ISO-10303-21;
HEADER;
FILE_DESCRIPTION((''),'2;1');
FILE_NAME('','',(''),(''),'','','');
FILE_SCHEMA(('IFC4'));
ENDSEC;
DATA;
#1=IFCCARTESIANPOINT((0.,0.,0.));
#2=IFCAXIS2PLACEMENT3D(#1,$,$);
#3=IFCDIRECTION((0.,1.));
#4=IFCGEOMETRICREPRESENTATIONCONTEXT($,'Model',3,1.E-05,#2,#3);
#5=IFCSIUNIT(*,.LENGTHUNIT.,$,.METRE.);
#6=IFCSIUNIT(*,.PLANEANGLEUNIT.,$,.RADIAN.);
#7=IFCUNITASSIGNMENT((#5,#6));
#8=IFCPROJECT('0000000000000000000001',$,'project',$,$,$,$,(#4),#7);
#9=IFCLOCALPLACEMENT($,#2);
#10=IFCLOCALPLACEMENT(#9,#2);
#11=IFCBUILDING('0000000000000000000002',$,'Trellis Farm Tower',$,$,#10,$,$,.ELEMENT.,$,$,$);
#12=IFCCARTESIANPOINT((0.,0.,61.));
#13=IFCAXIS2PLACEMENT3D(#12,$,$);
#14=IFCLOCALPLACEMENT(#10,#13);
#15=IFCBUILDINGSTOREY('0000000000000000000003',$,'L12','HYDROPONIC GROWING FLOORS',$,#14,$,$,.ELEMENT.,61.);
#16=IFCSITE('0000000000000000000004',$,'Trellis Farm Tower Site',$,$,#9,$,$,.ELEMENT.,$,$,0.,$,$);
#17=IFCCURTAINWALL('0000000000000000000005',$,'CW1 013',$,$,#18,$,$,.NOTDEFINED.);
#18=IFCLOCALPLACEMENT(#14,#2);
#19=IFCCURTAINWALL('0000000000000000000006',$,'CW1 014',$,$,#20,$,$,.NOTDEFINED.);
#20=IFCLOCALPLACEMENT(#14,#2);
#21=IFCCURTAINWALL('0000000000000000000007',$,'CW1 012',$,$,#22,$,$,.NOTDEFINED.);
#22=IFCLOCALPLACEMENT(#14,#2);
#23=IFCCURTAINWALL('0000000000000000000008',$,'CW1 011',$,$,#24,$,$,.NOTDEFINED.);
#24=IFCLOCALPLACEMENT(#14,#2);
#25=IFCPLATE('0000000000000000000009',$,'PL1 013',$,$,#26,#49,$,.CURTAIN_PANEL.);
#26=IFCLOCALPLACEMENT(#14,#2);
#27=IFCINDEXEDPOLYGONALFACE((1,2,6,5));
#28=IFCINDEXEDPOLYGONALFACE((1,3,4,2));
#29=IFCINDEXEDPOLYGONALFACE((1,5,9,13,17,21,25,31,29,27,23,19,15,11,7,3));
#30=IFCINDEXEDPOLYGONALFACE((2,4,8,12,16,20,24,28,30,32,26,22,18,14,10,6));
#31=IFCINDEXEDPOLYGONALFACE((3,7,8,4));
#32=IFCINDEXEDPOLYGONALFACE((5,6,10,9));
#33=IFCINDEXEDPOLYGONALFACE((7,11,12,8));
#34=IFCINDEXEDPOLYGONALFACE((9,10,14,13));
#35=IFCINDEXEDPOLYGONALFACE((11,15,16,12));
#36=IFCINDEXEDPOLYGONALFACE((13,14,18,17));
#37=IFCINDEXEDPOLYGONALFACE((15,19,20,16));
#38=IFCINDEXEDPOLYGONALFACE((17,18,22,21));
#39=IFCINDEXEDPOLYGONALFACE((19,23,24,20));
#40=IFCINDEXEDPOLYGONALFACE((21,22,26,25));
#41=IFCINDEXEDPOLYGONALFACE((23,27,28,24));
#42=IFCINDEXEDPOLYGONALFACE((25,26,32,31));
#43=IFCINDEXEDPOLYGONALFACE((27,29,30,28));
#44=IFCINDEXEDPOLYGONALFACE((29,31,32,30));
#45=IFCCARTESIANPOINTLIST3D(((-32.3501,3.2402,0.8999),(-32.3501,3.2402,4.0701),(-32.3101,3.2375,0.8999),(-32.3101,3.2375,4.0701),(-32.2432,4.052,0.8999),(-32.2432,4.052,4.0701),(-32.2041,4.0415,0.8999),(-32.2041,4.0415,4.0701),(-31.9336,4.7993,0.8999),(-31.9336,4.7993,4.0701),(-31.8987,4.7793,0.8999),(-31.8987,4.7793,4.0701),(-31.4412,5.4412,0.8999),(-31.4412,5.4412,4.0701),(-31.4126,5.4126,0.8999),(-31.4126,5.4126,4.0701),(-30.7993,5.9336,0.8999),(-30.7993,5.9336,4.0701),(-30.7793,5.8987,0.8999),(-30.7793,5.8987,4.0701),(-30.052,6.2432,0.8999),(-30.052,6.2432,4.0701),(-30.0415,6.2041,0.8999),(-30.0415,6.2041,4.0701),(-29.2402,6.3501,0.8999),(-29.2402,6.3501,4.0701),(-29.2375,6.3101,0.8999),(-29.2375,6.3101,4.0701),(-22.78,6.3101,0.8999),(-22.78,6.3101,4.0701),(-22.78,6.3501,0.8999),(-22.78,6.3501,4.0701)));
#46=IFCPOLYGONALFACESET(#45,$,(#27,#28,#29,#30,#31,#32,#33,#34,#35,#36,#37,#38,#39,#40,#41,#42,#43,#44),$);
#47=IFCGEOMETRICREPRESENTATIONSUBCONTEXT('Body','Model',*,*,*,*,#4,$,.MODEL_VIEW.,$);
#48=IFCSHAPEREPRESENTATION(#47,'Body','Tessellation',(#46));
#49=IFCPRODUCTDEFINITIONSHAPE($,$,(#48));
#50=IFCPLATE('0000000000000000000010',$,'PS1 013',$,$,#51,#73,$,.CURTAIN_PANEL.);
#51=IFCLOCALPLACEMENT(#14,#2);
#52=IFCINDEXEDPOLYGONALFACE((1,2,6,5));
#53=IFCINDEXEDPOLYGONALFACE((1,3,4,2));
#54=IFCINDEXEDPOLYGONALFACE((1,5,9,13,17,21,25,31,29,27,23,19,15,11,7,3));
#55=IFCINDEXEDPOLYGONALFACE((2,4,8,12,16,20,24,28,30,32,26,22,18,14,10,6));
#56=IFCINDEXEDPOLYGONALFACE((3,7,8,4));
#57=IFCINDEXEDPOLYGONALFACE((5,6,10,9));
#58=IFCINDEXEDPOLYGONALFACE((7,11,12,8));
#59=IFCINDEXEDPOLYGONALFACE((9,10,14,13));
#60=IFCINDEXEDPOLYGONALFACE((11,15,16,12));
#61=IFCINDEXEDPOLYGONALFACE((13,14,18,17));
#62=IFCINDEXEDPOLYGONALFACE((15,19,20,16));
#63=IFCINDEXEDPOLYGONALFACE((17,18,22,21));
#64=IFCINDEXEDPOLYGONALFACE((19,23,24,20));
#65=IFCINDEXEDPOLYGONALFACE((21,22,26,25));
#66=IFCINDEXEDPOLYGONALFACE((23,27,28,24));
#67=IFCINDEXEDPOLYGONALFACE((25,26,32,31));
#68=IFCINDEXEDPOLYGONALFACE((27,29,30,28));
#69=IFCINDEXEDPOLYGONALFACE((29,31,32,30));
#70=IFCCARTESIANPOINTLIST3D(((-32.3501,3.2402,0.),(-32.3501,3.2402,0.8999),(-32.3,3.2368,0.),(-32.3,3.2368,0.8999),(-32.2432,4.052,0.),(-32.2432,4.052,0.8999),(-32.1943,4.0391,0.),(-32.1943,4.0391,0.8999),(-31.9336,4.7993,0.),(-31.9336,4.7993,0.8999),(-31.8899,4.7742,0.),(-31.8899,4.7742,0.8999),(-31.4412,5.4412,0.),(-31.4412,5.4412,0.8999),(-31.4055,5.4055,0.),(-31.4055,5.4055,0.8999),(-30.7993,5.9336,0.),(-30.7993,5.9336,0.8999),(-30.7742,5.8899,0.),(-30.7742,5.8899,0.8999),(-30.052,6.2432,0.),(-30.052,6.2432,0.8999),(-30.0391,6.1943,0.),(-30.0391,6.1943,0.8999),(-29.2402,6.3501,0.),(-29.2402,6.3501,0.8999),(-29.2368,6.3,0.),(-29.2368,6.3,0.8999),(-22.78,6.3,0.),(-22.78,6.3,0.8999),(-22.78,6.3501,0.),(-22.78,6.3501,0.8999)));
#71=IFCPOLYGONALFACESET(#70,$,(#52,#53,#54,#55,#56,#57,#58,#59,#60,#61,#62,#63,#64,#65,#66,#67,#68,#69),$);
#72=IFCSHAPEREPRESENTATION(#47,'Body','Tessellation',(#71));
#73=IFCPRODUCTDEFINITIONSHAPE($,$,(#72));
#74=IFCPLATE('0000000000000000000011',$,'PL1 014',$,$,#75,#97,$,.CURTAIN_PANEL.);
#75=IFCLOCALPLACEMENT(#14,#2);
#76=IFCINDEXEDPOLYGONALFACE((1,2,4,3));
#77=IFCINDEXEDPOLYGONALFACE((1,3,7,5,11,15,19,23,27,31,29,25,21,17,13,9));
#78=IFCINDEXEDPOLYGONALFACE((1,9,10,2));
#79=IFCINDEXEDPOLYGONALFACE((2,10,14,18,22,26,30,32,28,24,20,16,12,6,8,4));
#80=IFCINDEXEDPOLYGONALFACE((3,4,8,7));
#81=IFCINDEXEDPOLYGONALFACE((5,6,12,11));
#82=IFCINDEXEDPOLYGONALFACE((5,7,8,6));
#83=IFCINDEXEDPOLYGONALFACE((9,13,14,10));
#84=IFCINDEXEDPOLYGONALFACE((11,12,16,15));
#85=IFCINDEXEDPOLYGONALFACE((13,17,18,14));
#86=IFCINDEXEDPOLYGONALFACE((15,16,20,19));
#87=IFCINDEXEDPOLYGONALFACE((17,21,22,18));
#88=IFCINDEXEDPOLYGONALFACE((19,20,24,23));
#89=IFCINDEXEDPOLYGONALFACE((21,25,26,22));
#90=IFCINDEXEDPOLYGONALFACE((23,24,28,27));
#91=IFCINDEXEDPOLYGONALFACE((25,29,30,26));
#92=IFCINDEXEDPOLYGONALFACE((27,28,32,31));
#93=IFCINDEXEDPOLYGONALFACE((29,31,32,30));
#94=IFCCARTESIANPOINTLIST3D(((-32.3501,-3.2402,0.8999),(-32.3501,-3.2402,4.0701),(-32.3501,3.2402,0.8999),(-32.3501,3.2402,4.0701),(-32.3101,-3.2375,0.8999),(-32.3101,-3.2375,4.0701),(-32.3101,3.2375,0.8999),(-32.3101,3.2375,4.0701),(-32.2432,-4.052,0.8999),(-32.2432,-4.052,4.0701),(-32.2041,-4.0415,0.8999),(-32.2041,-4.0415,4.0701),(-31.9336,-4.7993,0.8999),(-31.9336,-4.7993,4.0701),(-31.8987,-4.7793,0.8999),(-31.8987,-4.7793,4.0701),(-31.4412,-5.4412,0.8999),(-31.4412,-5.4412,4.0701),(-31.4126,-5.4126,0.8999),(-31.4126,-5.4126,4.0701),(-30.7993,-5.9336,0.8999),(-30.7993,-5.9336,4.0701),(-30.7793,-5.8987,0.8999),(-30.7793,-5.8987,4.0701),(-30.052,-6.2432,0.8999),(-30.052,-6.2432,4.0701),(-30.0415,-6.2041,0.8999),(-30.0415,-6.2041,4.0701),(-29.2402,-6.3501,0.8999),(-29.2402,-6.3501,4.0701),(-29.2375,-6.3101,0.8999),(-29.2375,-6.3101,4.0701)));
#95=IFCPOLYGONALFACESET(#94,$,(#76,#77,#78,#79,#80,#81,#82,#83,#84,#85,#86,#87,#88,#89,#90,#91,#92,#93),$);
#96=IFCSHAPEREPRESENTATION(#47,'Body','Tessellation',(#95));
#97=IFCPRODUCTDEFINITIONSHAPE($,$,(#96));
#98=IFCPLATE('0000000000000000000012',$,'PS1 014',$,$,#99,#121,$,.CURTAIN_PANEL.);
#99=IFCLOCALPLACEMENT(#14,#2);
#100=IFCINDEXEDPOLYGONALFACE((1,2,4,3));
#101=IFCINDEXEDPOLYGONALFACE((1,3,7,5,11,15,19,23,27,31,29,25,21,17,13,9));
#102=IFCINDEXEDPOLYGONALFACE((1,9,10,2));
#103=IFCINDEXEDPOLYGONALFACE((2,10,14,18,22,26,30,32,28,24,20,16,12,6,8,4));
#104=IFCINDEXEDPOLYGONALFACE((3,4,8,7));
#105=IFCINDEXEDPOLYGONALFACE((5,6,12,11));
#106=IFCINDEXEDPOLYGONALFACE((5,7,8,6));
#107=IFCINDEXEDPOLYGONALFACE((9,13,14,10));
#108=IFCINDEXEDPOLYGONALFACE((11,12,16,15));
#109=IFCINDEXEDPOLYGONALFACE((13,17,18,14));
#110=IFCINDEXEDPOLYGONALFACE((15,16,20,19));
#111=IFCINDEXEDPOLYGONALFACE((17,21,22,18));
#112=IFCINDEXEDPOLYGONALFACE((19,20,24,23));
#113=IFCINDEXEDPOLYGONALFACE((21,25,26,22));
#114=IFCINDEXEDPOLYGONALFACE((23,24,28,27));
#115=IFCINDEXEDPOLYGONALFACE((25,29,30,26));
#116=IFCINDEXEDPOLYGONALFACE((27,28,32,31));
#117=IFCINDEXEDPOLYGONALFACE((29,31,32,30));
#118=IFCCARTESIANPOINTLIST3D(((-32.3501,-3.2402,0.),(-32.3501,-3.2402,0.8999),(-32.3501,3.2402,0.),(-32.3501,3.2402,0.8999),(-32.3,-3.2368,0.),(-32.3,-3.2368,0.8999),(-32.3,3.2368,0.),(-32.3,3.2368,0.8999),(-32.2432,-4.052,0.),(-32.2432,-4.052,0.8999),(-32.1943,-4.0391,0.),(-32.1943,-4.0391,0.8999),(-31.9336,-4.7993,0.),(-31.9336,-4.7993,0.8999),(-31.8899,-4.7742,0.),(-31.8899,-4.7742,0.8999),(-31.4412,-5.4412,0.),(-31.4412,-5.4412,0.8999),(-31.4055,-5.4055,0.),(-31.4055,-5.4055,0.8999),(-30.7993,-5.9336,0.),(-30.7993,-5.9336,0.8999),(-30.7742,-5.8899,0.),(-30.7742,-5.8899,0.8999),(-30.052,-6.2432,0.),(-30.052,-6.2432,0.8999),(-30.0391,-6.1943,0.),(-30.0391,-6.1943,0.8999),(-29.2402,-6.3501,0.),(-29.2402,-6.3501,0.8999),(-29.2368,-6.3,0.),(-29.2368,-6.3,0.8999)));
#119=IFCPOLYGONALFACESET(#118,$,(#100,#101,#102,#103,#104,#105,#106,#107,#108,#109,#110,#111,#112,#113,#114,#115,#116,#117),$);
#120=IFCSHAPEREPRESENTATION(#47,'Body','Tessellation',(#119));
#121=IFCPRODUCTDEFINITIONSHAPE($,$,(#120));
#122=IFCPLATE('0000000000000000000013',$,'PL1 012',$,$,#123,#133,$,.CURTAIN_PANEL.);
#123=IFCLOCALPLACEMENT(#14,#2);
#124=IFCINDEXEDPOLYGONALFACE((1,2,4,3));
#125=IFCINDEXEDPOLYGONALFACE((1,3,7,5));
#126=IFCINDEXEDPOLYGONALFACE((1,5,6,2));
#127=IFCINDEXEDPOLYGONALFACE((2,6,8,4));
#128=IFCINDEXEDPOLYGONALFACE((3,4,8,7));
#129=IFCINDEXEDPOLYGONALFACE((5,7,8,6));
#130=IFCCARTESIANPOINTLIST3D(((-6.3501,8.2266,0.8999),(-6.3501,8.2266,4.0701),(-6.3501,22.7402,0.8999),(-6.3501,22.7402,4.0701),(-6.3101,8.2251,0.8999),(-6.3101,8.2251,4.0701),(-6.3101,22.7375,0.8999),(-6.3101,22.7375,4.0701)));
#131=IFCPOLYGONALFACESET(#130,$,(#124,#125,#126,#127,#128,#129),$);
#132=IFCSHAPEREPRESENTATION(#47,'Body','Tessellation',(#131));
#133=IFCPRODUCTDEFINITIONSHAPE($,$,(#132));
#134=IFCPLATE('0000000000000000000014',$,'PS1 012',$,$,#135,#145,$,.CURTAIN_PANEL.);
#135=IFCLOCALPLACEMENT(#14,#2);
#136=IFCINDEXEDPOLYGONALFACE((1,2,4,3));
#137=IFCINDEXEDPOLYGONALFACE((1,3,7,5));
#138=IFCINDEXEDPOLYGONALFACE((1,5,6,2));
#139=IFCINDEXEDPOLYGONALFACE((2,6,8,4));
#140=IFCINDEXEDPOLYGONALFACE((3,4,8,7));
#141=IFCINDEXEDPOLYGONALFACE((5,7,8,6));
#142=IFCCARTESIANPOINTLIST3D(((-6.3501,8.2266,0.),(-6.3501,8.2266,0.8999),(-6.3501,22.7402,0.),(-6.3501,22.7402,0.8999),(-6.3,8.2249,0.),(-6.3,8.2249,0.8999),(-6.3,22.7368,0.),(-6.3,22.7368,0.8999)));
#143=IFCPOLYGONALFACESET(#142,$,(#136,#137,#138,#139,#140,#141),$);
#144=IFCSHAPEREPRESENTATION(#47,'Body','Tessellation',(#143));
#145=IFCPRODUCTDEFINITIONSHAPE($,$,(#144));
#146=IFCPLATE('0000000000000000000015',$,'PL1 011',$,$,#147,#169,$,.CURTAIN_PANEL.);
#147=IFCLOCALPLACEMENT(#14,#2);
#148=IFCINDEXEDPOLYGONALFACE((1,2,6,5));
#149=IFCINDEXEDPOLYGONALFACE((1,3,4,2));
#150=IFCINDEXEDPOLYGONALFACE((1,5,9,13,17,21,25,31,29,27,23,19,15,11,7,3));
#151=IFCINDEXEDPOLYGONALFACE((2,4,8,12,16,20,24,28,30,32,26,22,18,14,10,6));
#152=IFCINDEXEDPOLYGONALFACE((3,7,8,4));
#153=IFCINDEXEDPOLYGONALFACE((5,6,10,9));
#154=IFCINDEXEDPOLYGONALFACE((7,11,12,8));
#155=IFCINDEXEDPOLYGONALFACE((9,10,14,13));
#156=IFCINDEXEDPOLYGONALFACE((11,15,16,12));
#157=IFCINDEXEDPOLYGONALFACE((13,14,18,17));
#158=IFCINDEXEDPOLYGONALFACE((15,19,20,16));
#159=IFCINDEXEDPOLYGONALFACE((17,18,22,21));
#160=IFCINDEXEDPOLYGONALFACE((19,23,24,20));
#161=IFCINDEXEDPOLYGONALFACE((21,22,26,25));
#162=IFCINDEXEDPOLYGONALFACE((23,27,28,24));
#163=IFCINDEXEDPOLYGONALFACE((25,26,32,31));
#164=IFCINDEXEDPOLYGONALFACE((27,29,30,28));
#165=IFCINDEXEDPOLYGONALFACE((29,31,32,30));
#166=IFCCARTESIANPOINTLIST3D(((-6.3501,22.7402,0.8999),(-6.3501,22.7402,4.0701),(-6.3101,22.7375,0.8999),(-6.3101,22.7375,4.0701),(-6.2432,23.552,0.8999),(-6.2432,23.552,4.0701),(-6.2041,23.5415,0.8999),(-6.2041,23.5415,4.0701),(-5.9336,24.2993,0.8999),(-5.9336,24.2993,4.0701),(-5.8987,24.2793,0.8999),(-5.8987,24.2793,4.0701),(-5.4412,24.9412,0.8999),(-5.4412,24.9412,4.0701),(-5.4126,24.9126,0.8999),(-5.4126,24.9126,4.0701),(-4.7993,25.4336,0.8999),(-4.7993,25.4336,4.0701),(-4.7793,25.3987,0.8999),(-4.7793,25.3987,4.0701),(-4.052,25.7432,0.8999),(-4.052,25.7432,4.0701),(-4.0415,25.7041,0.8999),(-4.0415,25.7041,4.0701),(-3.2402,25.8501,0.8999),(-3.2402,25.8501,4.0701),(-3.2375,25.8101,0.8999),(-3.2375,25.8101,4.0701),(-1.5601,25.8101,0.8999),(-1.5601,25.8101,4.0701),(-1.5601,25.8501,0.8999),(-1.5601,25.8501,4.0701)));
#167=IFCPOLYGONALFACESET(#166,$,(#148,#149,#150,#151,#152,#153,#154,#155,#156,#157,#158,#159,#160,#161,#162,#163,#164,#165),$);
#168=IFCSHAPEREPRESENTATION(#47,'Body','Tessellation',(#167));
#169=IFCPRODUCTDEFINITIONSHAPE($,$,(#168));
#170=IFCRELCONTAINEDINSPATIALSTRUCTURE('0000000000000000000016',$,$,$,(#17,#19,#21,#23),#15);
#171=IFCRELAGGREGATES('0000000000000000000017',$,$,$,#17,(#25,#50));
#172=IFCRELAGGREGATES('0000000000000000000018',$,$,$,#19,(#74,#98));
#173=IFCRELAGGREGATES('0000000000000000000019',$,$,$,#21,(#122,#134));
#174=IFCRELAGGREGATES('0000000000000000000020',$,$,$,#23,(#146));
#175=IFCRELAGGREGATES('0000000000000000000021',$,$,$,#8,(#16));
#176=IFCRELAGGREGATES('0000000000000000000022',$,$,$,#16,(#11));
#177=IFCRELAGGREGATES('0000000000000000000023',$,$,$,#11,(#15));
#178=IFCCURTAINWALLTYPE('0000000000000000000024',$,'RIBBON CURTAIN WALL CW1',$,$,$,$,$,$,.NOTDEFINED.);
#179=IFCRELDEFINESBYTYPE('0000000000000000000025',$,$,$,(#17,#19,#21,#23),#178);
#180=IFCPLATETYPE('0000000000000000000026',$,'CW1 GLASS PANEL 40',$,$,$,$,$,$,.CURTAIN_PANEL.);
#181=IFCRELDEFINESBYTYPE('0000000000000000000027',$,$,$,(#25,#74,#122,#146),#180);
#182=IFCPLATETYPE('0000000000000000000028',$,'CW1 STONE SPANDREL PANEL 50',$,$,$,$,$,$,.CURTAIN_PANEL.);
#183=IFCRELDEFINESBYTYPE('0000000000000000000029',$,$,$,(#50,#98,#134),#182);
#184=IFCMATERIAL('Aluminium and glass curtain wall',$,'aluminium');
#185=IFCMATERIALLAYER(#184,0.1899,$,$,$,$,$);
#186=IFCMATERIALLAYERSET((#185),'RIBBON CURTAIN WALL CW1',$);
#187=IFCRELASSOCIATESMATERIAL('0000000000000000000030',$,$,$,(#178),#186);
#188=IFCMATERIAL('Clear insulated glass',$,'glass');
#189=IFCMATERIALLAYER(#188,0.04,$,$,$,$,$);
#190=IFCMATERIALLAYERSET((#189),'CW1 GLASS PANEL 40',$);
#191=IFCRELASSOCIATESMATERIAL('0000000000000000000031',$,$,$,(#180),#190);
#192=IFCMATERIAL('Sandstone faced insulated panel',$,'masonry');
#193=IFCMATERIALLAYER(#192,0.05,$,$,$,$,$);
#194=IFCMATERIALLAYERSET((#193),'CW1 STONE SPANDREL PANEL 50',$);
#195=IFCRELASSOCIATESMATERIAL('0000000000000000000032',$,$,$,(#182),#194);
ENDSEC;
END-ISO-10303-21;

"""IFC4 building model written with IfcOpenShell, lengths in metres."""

from ifc_helpers import new_model, si_unit, direction, frame, origin, place, context, subcontext, project, spatial, polyline, outline, extrude, source, transform, mapped, material, layer, layer_set, type_object, element, aggregate, save


model = new_model("IFC4")

# Units and contexts
model_context = context("Model", 3, precision=1e-05, world=origin(), true_north=direction((0.0, 1.0)))
body_context = subcontext(model_context, "Body", "Model", "MODEL_VIEW")
ifc_project = project(units=[si_unit("LENGTHUNIT", "METRE"), si_unit("PLANEANGLEUNIT", "RADIAN")], contexts=[model_context])

# Site, building, storey
site_placement = place(None, origin())
site = spatial("IfcSite", under=ifc_project, at=site_placement, Name="Trellis Farm Tower Site", CompositionType="ELEMENT", RefElevation=0.0)
building_placement = place(site_placement, origin())
building = spatial("IfcBuilding", under=site, at=building_placement, Name="Trellis Farm Tower", CompositionType="ELEMENT")
storey_placement = place(building_placement, frame((0.0, 0.0, 61.0)))
storey = spatial("IfcBuildingStorey", under=building, at=storey_placement, Name="L12", Description="HYDROPONIC GROWING FLOORS", CompositionType="ELEMENT", Elevation=61.0)

# Curtain walls
ifc_material_1 = material(Name="Aluminium and glass curtain wall", Category="aluminium")
placement_1 = place(storey_placement, origin())
ifc_layer_1 = layer(ifc_material_1, 0.1899)
ifc_layer_set_1 = layer_set([ifc_layer_1], Name="RIBBON CURTAIN WALL CW1")
curtain_wall_type_1 = type_object("IfcCurtainWallType", Name="RIBBON CURTAIN WALL CW1", PredefinedType="NOTDEFINED", material=ifc_layer_set_1)
curtain_wall_1 = element("IfcCurtainWall", 1, at=placement_1, inside=storey, type_object=curtain_wall_type_1, Name="CW1 013", PredefinedType="NOTDEFINED")
curtain_wall_2 = element("IfcCurtainWall", 2, at=placement_1, inside=storey, type_object=curtain_wall_type_1, Name="CW1 014", PredefinedType="NOTDEFINED")
curtain_wall_3 = element("IfcCurtainWall", 3, at=placement_1, inside=storey, type_object=curtain_wall_type_1, Name="CW1 012", PredefinedType="NOTDEFINED")
curtain_wall_4 = element("IfcCurtainWall", 4, at=placement_1, inside=storey, type_object=curtain_wall_type_1, Name="CW1 011", PredefinedType="NOTDEFINED")

# Plates
ifc_material_2 = material(Name="Clear insulated glass", Category="glass")
ifc_layer_2 = layer(ifc_material_2, 0.04)
ifc_layer_set_2 = layer_set([ifc_layer_2], Name="CW1 GLASS PANEL 40")
plate_type_1 = type_object("IfcPlateType", Name="CW1 GLASS PANEL 40", PredefinedType="CURTAIN_PANEL", material=ifc_layer_set_2)
shared_shape_1 = source(origin(), body_context, "Body", "SweptSolid", [
    extrude(outline(polyline([(-22.78, 6.3501), (-29.2402, 6.3501), (-30.052, 6.2432), (-30.7993, 5.9336), (-31.4412, 5.4412), (-31.9336, 4.7993), (-32.2432, 4.052), (-32.3501, 3.2402), (-32.3101, 3.2375), (-32.2041, 4.0415), (-31.8987, 4.7793), (-31.4126, 5.4126), (-30.7793, 5.8987), (-30.0415, 6.2041), (-29.2375, 6.3101), (-22.78, 6.3101), (-22.78, 6.3501)])), origin(), (0.0, 0.0, 1.0), 3.1702),
])
placement_2 = place(storey_placement, frame((0.0, 0.0, 0.8999)))
plate_1 = element("IfcPlate", 5, at=placement_2, type_object=plate_type_1, Name="PL1 013", PredefinedType="CURTAIN_PANEL", context=body_context, shape_type="MappedRepresentation", body=[
    mapped(shared_shape_1, transform((0.0, 0.0, 0.0))),
])
ifc_material_3 = material(Name="Sandstone faced insulated panel", Category="masonry")
ifc_layer_3 = layer(ifc_material_3, 0.05)
ifc_layer_set_3 = layer_set([ifc_layer_3], Name="CW1 STONE SPANDREL PANEL 50")
plate_type_2 = type_object("IfcPlateType", Name="CW1 STONE SPANDREL PANEL 50", PredefinedType="CURTAIN_PANEL", material=ifc_layer_set_3)
shared_shape_2 = source(origin(), body_context, "Body", "SweptSolid", [
    extrude(outline(polyline([(-22.78, 6.3501), (-29.2402, 6.3501), (-30.052, 6.2432), (-30.7993, 5.9336), (-31.4412, 5.4412), (-31.9336, 4.7993), (-32.2432, 4.052), (-32.3501, 3.2402), (-32.3, 3.2368), (-32.1943, 4.0391), (-31.8899, 4.7742), (-31.4055, 5.4055), (-30.7742, 5.8899), (-30.0391, 6.1943), (-29.2368, 6.3), (-22.78, 6.3), (-22.78, 6.3501)])), origin(), (0.0, 0.0, 1.0), 0.8999),
])
plate_2 = element("IfcPlate", 6, at=placement_1, type_object=plate_type_2, Name="PS1 013", PredefinedType="CURTAIN_PANEL", context=body_context, shape_type="MappedRepresentation", body=[
    mapped(shared_shape_2, transform((0.0, 0.0, 0.0))),
])
aggregate(curtain_wall_1, [plate_1, plate_2])
shared_shape_3 = source(origin(), body_context, "Body", "SweptSolid", [
    extrude(outline(polyline([(-32.3501, 3.2402), (-32.3501, -3.2402), (-32.2432, -4.052), (-31.9336, -4.7993), (-31.4412, -5.4412), (-30.7993, -5.9336), (-30.052, -6.2432), (-29.2402, -6.3501), (-29.2375, -6.3101), (-30.0415, -6.2041), (-30.7793, -5.8987), (-31.4126, -5.4126), (-31.8987, -4.7793), (-32.2041, -4.0415), (-32.3101, -3.2375), (-32.3101, 3.2375), (-32.3501, 3.2402)])), origin(), (0.0, 0.0, 1.0), 3.1702),
])
plate_3 = element("IfcPlate", 7, at=placement_2, type_object=plate_type_1, Name="PL1 014", PredefinedType="CURTAIN_PANEL", context=body_context, shape_type="MappedRepresentation", body=[
    mapped(shared_shape_3, transform((0.0, 0.0, 0.0))),
])
shared_shape_4 = source(origin(), body_context, "Body", "SweptSolid", [
    extrude(outline(polyline([(-32.3501, 3.2402), (-32.3501, -3.2402), (-32.2432, -4.052), (-31.9336, -4.7993), (-31.4412, -5.4412), (-30.7993, -5.9336), (-30.052, -6.2432), (-29.2402, -6.3501), (-29.2368, -6.3), (-30.0391, -6.1943), (-30.7742, -5.8899), (-31.4055, -5.4055), (-31.8899, -4.7742), (-32.1943, -4.0391), (-32.3, -3.2368), (-32.3, 3.2368), (-32.3501, 3.2402)])), origin(), (0.0, 0.0, 1.0), 0.8999),
])
plate_4 = element("IfcPlate", 8, at=placement_1, type_object=plate_type_2, Name="PS1 014", PredefinedType="CURTAIN_PANEL", context=body_context, shape_type="MappedRepresentation", body=[
    mapped(shared_shape_4, transform((0.0, 0.0, 0.0))),
])
aggregate(curtain_wall_2, [plate_3, plate_4])
shared_shape_5 = source(origin(), body_context, "Body", "SweptSolid", [
    extrude(outline(polyline([(-6.3501, 22.7402), (-6.3501, 8.2266), (-6.3101, 8.2251), (-6.3101, 22.7375), (-6.3501, 22.7402)])), origin(), (0.0, 0.0, 1.0), 3.1702),
])
plate_5 = element("IfcPlate", 9, at=placement_2, type_object=plate_type_1, Name="PL1 012", PredefinedType="CURTAIN_PANEL", context=body_context, shape_type="MappedRepresentation", body=[
    mapped(shared_shape_5, transform((0.0, 0.0, 0.0))),
])
shared_shape_6 = source(origin(), body_context, "Body", "SweptSolid", [
    extrude(outline(polyline([(-6.3501, 22.7402), (-6.3501, 8.2266), (-6.3, 8.2249), (-6.3, 22.7368), (-6.3501, 22.7402)])), origin(), (0.0, 0.0, 1.0), 0.8999),
])
plate_6 = element("IfcPlate", 10, at=placement_1, type_object=plate_type_2, Name="PS1 012", PredefinedType="CURTAIN_PANEL", context=body_context, shape_type="MappedRepresentation", body=[
    mapped(shared_shape_6, transform((0.0, 0.0, 0.0))),
])
aggregate(curtain_wall_3, [plate_5, plate_6])
shared_shape_7 = source(origin(), body_context, "Body", "SweptSolid", [
    extrude(outline(polyline([(-1.5601, 25.8501), (-3.2402, 25.8501), (-4.052, 25.7432), (-4.7993, 25.4336), (-5.4412, 24.9412), (-5.9336, 24.2993), (-6.2432, 23.552), (-6.3501, 22.7402), (-6.3101, 22.7375), (-6.2041, 23.5415), (-5.8987, 24.2793), (-5.4126, 24.9126), (-4.7793, 25.3987), (-4.0415, 25.7041), (-3.2375, 25.8101), (-1.5601, 25.8101), (-1.5601, 25.8501)])), origin(), (0.0, 0.0, 1.0), 3.1702),
])
plate_7 = element("IfcPlate", 11, at=placement_2, type_object=plate_type_1, Name="PL1 011", PredefinedType="CURTAIN_PANEL", context=body_context, shape_type="MappedRepresentation", body=[
    mapped(shared_shape_7, transform((0.0, 0.0, 0.0))),
])
aggregate(curtain_wall_4, [plate_7])

save(model, "model.ifc")
